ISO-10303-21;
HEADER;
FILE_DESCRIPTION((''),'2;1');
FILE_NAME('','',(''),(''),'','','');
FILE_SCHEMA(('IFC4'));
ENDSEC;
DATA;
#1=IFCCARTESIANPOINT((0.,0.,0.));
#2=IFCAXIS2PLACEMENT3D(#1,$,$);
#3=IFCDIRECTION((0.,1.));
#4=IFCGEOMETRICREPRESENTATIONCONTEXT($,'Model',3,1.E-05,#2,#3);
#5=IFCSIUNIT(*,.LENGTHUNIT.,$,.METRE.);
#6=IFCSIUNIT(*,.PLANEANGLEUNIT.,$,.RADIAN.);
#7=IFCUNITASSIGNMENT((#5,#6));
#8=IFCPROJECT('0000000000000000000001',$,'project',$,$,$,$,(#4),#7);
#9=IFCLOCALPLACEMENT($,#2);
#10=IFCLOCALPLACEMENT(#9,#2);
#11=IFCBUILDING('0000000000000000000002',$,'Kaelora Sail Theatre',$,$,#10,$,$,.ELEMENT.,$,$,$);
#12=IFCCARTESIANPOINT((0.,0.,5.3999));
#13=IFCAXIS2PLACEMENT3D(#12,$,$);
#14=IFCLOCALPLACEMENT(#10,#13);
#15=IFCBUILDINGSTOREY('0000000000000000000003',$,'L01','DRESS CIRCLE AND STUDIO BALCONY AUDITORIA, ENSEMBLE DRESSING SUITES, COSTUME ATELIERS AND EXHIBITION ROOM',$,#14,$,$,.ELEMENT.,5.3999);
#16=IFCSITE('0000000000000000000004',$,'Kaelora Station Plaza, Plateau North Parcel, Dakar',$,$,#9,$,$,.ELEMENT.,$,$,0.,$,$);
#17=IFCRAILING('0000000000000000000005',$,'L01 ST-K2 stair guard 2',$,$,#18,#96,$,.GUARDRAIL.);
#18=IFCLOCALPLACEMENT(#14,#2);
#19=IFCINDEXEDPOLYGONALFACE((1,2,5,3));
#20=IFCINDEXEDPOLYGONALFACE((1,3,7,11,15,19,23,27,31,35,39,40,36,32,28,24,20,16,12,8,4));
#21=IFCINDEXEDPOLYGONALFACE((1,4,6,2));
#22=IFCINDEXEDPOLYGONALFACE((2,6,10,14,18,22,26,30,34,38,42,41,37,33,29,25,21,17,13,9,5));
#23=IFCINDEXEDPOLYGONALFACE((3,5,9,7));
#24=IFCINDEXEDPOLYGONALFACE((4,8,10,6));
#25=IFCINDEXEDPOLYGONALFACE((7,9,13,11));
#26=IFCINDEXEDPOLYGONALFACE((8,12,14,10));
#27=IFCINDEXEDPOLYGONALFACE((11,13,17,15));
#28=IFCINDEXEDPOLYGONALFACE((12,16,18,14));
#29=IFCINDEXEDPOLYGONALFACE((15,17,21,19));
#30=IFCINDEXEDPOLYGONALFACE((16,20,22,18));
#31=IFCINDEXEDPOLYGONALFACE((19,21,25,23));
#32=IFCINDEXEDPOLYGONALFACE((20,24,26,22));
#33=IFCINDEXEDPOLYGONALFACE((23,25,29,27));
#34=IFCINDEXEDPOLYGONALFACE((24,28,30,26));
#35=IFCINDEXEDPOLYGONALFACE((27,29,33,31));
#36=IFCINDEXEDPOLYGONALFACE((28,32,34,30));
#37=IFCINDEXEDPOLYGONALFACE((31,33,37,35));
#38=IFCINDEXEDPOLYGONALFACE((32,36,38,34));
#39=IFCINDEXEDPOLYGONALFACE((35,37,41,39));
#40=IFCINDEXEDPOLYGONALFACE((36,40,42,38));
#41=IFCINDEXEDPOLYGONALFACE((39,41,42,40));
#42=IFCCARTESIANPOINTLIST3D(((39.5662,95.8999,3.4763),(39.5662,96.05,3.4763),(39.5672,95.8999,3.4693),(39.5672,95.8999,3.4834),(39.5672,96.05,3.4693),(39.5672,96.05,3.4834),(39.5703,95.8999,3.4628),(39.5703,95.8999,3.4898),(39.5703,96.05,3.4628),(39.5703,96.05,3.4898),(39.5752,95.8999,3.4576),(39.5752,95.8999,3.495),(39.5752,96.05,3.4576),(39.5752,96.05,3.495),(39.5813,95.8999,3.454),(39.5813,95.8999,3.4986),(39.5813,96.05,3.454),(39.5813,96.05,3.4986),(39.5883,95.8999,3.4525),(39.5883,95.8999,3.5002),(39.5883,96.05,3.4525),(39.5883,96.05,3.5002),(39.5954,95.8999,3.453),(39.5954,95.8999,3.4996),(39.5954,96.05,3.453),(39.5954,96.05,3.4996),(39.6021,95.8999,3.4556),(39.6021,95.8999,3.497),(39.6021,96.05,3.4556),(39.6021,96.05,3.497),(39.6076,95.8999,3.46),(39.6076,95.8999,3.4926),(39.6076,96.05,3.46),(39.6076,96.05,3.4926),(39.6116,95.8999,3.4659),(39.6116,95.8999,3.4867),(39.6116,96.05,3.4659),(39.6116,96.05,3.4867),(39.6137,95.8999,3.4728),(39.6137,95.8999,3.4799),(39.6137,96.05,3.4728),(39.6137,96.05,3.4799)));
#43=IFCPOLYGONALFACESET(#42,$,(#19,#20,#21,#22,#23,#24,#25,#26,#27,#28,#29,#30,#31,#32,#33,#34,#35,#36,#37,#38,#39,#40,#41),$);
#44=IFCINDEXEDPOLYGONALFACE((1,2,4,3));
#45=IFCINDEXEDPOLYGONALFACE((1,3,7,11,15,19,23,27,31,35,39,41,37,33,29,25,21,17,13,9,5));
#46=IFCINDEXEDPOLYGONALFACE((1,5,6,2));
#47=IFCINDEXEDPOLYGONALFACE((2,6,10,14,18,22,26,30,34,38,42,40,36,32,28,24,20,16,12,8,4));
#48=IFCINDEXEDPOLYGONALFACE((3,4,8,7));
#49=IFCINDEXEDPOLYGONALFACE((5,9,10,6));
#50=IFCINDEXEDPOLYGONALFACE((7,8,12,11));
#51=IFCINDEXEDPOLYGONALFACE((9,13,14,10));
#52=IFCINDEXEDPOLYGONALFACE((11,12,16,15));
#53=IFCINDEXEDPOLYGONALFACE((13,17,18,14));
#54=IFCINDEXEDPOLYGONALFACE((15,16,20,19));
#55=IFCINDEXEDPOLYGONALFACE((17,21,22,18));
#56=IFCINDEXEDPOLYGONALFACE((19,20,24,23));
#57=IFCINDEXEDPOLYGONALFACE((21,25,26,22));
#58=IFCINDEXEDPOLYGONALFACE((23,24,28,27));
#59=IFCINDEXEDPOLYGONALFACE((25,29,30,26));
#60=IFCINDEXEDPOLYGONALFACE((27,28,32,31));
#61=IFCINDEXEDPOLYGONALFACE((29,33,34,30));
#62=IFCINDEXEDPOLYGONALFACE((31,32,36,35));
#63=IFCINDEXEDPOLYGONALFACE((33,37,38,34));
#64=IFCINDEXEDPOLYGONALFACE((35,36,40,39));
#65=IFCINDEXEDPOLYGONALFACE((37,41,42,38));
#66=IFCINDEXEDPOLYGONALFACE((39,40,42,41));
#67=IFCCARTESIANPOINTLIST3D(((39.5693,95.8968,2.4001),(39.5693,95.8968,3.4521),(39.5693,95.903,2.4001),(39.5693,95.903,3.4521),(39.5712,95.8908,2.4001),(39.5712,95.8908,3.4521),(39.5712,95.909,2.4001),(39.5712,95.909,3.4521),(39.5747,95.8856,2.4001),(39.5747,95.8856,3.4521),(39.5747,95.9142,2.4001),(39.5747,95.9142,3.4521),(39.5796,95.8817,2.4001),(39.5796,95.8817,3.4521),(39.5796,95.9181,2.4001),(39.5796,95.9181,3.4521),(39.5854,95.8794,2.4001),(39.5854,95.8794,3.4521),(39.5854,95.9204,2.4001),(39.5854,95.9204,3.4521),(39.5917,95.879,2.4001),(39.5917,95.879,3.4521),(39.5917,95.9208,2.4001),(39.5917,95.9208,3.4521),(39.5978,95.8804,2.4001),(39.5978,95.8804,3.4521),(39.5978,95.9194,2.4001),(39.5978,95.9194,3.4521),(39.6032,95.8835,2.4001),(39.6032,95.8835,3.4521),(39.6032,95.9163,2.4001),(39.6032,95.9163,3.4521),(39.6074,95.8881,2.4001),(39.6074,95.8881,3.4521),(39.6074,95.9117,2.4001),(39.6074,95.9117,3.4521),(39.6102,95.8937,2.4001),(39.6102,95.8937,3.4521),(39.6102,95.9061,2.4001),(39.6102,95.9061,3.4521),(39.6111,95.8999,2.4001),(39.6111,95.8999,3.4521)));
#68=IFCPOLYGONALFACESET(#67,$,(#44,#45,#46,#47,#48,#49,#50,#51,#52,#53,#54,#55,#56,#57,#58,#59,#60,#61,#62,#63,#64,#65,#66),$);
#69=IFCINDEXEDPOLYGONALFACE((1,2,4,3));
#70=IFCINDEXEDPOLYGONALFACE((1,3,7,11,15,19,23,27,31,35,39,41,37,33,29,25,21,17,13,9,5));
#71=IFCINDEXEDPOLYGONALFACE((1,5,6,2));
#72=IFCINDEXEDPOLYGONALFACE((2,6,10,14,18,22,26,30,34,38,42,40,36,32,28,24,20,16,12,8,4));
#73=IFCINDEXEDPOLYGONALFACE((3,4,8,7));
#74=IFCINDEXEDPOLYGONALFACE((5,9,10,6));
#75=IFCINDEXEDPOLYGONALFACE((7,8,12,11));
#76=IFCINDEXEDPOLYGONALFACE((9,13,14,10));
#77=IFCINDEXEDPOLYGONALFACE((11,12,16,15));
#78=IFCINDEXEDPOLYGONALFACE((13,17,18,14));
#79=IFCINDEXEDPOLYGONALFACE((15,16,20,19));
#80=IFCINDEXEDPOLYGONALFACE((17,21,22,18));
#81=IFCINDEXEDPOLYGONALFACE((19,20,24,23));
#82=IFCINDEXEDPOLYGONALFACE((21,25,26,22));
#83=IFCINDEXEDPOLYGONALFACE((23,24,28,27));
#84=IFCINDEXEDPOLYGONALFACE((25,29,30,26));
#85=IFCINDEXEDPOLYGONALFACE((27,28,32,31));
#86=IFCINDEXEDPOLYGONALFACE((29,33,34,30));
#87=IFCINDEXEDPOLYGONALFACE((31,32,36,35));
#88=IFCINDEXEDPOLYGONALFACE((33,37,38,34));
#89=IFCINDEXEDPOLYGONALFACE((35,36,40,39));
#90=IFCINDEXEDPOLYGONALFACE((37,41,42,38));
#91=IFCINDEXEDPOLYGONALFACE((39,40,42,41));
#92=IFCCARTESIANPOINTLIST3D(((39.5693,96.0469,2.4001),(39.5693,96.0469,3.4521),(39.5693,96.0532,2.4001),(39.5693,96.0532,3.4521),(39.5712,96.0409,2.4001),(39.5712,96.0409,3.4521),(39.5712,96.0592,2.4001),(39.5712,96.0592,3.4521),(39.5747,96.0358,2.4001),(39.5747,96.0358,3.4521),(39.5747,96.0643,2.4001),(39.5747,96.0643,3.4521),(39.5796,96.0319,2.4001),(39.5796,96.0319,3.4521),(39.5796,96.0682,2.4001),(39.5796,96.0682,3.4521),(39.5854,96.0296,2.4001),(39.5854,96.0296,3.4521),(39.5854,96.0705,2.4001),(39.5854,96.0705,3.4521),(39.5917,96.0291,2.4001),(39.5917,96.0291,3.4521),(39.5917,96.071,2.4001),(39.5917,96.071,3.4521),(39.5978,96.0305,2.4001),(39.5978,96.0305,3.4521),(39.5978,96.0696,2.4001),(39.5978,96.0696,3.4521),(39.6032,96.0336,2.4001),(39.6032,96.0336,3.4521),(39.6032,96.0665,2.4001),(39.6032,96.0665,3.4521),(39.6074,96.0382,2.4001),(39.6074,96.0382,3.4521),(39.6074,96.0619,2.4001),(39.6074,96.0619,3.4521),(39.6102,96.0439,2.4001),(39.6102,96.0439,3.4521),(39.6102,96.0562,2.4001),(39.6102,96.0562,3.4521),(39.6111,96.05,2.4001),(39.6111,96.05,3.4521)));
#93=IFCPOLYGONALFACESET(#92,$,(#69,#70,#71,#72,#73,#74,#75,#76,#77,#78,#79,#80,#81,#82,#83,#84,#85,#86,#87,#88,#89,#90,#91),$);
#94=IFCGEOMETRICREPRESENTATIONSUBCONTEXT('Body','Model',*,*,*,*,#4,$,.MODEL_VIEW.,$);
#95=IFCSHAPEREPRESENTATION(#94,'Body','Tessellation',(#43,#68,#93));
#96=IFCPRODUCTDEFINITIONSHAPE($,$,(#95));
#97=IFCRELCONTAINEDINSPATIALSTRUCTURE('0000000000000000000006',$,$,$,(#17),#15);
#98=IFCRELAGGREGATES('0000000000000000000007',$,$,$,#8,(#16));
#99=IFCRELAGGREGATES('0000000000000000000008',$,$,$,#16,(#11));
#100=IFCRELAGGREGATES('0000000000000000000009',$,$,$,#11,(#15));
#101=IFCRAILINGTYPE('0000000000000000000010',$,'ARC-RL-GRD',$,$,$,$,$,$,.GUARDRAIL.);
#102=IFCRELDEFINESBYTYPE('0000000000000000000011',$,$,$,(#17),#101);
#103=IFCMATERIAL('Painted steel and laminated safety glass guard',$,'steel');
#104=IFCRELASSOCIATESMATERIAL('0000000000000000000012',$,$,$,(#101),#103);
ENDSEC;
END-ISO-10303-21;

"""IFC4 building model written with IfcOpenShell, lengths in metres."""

from ifc_helpers import new_model, si_unit, direction, frame, origin, origin_2d, place, context, subcontext, project, spatial, circle, extrude, material, type_object, element, save


model = new_model("IFC4")

# Units and contexts
model_context = context("Model", 3, precision=1e-05, world=origin(), true_north=direction((0.0, 1.0)))
body_context = subcontext(model_context, "Body", "Model", "MODEL_VIEW")
ifc_project = project(units=[si_unit("LENGTHUNIT", "METRE"), si_unit("PLANEANGLEUNIT", "RADIAN")], contexts=[model_context])

# Site, building, storey
site_placement = place(None, origin())
site = spatial("IfcSite", under=ifc_project, at=site_placement, Name="Kaelora Station Plaza, Plateau North Parcel, Dakar", CompositionType="ELEMENT", RefElevation=0.0)
building_placement = place(site_placement, origin())
building = spatial("IfcBuilding", under=site, at=building_placement, Name="Kaelora Sail Theatre", CompositionType="ELEMENT")
storey_placement = place(building_placement, frame((0.0, 0.0, 5.3999)))
storey = spatial("IfcBuildingStorey", under=building, at=storey_placement, Name="L01", Description="DRESS CIRCLE AND STUDIO BALCONY AUDITORIA, ENSEMBLE DRESSING SUITES, COSTUME ATELIERS AND EXHIBITION ROOM", CompositionType="ELEMENT", Elevation=5.3999)

# Railing
ifc_material_1 = material(Name="Painted steel and laminated safety glass guard", Category="steel")
railing_type_1 = type_object("IfcRailingType", Name="ARC-RL-GRD", PredefinedType="GUARDRAIL", material=ifc_material_1)
railing_1_placement = place(storey_placement, frame((39.5901, 95.8999, 2.4001)))
element("IfcRailing", 1, at=railing_1_placement, inside=storey, type_object=railing_type_1, Name="L01 ST-K2 stair guard 2", PredefinedType="GUARDRAIL", context=body_context, shape_type="SweptSolid", body=[
    extrude(circle(Radius=0.0239, at=origin_2d()), frame((0.0, 0.0, 1.0762), z_axis=(0.0, 1.0, 0.0), x_axis=(-1.0, 0.0, 0.0)), (0.0, 0.0, 1.0), 0.1501),
    extrude(circle(Radius=0.021, at=origin_2d()), origin(), (0.0, 0.0, 1.0), 1.052),
    extrude(circle(Radius=0.021, at=origin_2d()), frame((0.0, 0.1501, 0.0)), (0.0, 0.0, 1.0), 1.052),
])

save(model, "model.ifc")
